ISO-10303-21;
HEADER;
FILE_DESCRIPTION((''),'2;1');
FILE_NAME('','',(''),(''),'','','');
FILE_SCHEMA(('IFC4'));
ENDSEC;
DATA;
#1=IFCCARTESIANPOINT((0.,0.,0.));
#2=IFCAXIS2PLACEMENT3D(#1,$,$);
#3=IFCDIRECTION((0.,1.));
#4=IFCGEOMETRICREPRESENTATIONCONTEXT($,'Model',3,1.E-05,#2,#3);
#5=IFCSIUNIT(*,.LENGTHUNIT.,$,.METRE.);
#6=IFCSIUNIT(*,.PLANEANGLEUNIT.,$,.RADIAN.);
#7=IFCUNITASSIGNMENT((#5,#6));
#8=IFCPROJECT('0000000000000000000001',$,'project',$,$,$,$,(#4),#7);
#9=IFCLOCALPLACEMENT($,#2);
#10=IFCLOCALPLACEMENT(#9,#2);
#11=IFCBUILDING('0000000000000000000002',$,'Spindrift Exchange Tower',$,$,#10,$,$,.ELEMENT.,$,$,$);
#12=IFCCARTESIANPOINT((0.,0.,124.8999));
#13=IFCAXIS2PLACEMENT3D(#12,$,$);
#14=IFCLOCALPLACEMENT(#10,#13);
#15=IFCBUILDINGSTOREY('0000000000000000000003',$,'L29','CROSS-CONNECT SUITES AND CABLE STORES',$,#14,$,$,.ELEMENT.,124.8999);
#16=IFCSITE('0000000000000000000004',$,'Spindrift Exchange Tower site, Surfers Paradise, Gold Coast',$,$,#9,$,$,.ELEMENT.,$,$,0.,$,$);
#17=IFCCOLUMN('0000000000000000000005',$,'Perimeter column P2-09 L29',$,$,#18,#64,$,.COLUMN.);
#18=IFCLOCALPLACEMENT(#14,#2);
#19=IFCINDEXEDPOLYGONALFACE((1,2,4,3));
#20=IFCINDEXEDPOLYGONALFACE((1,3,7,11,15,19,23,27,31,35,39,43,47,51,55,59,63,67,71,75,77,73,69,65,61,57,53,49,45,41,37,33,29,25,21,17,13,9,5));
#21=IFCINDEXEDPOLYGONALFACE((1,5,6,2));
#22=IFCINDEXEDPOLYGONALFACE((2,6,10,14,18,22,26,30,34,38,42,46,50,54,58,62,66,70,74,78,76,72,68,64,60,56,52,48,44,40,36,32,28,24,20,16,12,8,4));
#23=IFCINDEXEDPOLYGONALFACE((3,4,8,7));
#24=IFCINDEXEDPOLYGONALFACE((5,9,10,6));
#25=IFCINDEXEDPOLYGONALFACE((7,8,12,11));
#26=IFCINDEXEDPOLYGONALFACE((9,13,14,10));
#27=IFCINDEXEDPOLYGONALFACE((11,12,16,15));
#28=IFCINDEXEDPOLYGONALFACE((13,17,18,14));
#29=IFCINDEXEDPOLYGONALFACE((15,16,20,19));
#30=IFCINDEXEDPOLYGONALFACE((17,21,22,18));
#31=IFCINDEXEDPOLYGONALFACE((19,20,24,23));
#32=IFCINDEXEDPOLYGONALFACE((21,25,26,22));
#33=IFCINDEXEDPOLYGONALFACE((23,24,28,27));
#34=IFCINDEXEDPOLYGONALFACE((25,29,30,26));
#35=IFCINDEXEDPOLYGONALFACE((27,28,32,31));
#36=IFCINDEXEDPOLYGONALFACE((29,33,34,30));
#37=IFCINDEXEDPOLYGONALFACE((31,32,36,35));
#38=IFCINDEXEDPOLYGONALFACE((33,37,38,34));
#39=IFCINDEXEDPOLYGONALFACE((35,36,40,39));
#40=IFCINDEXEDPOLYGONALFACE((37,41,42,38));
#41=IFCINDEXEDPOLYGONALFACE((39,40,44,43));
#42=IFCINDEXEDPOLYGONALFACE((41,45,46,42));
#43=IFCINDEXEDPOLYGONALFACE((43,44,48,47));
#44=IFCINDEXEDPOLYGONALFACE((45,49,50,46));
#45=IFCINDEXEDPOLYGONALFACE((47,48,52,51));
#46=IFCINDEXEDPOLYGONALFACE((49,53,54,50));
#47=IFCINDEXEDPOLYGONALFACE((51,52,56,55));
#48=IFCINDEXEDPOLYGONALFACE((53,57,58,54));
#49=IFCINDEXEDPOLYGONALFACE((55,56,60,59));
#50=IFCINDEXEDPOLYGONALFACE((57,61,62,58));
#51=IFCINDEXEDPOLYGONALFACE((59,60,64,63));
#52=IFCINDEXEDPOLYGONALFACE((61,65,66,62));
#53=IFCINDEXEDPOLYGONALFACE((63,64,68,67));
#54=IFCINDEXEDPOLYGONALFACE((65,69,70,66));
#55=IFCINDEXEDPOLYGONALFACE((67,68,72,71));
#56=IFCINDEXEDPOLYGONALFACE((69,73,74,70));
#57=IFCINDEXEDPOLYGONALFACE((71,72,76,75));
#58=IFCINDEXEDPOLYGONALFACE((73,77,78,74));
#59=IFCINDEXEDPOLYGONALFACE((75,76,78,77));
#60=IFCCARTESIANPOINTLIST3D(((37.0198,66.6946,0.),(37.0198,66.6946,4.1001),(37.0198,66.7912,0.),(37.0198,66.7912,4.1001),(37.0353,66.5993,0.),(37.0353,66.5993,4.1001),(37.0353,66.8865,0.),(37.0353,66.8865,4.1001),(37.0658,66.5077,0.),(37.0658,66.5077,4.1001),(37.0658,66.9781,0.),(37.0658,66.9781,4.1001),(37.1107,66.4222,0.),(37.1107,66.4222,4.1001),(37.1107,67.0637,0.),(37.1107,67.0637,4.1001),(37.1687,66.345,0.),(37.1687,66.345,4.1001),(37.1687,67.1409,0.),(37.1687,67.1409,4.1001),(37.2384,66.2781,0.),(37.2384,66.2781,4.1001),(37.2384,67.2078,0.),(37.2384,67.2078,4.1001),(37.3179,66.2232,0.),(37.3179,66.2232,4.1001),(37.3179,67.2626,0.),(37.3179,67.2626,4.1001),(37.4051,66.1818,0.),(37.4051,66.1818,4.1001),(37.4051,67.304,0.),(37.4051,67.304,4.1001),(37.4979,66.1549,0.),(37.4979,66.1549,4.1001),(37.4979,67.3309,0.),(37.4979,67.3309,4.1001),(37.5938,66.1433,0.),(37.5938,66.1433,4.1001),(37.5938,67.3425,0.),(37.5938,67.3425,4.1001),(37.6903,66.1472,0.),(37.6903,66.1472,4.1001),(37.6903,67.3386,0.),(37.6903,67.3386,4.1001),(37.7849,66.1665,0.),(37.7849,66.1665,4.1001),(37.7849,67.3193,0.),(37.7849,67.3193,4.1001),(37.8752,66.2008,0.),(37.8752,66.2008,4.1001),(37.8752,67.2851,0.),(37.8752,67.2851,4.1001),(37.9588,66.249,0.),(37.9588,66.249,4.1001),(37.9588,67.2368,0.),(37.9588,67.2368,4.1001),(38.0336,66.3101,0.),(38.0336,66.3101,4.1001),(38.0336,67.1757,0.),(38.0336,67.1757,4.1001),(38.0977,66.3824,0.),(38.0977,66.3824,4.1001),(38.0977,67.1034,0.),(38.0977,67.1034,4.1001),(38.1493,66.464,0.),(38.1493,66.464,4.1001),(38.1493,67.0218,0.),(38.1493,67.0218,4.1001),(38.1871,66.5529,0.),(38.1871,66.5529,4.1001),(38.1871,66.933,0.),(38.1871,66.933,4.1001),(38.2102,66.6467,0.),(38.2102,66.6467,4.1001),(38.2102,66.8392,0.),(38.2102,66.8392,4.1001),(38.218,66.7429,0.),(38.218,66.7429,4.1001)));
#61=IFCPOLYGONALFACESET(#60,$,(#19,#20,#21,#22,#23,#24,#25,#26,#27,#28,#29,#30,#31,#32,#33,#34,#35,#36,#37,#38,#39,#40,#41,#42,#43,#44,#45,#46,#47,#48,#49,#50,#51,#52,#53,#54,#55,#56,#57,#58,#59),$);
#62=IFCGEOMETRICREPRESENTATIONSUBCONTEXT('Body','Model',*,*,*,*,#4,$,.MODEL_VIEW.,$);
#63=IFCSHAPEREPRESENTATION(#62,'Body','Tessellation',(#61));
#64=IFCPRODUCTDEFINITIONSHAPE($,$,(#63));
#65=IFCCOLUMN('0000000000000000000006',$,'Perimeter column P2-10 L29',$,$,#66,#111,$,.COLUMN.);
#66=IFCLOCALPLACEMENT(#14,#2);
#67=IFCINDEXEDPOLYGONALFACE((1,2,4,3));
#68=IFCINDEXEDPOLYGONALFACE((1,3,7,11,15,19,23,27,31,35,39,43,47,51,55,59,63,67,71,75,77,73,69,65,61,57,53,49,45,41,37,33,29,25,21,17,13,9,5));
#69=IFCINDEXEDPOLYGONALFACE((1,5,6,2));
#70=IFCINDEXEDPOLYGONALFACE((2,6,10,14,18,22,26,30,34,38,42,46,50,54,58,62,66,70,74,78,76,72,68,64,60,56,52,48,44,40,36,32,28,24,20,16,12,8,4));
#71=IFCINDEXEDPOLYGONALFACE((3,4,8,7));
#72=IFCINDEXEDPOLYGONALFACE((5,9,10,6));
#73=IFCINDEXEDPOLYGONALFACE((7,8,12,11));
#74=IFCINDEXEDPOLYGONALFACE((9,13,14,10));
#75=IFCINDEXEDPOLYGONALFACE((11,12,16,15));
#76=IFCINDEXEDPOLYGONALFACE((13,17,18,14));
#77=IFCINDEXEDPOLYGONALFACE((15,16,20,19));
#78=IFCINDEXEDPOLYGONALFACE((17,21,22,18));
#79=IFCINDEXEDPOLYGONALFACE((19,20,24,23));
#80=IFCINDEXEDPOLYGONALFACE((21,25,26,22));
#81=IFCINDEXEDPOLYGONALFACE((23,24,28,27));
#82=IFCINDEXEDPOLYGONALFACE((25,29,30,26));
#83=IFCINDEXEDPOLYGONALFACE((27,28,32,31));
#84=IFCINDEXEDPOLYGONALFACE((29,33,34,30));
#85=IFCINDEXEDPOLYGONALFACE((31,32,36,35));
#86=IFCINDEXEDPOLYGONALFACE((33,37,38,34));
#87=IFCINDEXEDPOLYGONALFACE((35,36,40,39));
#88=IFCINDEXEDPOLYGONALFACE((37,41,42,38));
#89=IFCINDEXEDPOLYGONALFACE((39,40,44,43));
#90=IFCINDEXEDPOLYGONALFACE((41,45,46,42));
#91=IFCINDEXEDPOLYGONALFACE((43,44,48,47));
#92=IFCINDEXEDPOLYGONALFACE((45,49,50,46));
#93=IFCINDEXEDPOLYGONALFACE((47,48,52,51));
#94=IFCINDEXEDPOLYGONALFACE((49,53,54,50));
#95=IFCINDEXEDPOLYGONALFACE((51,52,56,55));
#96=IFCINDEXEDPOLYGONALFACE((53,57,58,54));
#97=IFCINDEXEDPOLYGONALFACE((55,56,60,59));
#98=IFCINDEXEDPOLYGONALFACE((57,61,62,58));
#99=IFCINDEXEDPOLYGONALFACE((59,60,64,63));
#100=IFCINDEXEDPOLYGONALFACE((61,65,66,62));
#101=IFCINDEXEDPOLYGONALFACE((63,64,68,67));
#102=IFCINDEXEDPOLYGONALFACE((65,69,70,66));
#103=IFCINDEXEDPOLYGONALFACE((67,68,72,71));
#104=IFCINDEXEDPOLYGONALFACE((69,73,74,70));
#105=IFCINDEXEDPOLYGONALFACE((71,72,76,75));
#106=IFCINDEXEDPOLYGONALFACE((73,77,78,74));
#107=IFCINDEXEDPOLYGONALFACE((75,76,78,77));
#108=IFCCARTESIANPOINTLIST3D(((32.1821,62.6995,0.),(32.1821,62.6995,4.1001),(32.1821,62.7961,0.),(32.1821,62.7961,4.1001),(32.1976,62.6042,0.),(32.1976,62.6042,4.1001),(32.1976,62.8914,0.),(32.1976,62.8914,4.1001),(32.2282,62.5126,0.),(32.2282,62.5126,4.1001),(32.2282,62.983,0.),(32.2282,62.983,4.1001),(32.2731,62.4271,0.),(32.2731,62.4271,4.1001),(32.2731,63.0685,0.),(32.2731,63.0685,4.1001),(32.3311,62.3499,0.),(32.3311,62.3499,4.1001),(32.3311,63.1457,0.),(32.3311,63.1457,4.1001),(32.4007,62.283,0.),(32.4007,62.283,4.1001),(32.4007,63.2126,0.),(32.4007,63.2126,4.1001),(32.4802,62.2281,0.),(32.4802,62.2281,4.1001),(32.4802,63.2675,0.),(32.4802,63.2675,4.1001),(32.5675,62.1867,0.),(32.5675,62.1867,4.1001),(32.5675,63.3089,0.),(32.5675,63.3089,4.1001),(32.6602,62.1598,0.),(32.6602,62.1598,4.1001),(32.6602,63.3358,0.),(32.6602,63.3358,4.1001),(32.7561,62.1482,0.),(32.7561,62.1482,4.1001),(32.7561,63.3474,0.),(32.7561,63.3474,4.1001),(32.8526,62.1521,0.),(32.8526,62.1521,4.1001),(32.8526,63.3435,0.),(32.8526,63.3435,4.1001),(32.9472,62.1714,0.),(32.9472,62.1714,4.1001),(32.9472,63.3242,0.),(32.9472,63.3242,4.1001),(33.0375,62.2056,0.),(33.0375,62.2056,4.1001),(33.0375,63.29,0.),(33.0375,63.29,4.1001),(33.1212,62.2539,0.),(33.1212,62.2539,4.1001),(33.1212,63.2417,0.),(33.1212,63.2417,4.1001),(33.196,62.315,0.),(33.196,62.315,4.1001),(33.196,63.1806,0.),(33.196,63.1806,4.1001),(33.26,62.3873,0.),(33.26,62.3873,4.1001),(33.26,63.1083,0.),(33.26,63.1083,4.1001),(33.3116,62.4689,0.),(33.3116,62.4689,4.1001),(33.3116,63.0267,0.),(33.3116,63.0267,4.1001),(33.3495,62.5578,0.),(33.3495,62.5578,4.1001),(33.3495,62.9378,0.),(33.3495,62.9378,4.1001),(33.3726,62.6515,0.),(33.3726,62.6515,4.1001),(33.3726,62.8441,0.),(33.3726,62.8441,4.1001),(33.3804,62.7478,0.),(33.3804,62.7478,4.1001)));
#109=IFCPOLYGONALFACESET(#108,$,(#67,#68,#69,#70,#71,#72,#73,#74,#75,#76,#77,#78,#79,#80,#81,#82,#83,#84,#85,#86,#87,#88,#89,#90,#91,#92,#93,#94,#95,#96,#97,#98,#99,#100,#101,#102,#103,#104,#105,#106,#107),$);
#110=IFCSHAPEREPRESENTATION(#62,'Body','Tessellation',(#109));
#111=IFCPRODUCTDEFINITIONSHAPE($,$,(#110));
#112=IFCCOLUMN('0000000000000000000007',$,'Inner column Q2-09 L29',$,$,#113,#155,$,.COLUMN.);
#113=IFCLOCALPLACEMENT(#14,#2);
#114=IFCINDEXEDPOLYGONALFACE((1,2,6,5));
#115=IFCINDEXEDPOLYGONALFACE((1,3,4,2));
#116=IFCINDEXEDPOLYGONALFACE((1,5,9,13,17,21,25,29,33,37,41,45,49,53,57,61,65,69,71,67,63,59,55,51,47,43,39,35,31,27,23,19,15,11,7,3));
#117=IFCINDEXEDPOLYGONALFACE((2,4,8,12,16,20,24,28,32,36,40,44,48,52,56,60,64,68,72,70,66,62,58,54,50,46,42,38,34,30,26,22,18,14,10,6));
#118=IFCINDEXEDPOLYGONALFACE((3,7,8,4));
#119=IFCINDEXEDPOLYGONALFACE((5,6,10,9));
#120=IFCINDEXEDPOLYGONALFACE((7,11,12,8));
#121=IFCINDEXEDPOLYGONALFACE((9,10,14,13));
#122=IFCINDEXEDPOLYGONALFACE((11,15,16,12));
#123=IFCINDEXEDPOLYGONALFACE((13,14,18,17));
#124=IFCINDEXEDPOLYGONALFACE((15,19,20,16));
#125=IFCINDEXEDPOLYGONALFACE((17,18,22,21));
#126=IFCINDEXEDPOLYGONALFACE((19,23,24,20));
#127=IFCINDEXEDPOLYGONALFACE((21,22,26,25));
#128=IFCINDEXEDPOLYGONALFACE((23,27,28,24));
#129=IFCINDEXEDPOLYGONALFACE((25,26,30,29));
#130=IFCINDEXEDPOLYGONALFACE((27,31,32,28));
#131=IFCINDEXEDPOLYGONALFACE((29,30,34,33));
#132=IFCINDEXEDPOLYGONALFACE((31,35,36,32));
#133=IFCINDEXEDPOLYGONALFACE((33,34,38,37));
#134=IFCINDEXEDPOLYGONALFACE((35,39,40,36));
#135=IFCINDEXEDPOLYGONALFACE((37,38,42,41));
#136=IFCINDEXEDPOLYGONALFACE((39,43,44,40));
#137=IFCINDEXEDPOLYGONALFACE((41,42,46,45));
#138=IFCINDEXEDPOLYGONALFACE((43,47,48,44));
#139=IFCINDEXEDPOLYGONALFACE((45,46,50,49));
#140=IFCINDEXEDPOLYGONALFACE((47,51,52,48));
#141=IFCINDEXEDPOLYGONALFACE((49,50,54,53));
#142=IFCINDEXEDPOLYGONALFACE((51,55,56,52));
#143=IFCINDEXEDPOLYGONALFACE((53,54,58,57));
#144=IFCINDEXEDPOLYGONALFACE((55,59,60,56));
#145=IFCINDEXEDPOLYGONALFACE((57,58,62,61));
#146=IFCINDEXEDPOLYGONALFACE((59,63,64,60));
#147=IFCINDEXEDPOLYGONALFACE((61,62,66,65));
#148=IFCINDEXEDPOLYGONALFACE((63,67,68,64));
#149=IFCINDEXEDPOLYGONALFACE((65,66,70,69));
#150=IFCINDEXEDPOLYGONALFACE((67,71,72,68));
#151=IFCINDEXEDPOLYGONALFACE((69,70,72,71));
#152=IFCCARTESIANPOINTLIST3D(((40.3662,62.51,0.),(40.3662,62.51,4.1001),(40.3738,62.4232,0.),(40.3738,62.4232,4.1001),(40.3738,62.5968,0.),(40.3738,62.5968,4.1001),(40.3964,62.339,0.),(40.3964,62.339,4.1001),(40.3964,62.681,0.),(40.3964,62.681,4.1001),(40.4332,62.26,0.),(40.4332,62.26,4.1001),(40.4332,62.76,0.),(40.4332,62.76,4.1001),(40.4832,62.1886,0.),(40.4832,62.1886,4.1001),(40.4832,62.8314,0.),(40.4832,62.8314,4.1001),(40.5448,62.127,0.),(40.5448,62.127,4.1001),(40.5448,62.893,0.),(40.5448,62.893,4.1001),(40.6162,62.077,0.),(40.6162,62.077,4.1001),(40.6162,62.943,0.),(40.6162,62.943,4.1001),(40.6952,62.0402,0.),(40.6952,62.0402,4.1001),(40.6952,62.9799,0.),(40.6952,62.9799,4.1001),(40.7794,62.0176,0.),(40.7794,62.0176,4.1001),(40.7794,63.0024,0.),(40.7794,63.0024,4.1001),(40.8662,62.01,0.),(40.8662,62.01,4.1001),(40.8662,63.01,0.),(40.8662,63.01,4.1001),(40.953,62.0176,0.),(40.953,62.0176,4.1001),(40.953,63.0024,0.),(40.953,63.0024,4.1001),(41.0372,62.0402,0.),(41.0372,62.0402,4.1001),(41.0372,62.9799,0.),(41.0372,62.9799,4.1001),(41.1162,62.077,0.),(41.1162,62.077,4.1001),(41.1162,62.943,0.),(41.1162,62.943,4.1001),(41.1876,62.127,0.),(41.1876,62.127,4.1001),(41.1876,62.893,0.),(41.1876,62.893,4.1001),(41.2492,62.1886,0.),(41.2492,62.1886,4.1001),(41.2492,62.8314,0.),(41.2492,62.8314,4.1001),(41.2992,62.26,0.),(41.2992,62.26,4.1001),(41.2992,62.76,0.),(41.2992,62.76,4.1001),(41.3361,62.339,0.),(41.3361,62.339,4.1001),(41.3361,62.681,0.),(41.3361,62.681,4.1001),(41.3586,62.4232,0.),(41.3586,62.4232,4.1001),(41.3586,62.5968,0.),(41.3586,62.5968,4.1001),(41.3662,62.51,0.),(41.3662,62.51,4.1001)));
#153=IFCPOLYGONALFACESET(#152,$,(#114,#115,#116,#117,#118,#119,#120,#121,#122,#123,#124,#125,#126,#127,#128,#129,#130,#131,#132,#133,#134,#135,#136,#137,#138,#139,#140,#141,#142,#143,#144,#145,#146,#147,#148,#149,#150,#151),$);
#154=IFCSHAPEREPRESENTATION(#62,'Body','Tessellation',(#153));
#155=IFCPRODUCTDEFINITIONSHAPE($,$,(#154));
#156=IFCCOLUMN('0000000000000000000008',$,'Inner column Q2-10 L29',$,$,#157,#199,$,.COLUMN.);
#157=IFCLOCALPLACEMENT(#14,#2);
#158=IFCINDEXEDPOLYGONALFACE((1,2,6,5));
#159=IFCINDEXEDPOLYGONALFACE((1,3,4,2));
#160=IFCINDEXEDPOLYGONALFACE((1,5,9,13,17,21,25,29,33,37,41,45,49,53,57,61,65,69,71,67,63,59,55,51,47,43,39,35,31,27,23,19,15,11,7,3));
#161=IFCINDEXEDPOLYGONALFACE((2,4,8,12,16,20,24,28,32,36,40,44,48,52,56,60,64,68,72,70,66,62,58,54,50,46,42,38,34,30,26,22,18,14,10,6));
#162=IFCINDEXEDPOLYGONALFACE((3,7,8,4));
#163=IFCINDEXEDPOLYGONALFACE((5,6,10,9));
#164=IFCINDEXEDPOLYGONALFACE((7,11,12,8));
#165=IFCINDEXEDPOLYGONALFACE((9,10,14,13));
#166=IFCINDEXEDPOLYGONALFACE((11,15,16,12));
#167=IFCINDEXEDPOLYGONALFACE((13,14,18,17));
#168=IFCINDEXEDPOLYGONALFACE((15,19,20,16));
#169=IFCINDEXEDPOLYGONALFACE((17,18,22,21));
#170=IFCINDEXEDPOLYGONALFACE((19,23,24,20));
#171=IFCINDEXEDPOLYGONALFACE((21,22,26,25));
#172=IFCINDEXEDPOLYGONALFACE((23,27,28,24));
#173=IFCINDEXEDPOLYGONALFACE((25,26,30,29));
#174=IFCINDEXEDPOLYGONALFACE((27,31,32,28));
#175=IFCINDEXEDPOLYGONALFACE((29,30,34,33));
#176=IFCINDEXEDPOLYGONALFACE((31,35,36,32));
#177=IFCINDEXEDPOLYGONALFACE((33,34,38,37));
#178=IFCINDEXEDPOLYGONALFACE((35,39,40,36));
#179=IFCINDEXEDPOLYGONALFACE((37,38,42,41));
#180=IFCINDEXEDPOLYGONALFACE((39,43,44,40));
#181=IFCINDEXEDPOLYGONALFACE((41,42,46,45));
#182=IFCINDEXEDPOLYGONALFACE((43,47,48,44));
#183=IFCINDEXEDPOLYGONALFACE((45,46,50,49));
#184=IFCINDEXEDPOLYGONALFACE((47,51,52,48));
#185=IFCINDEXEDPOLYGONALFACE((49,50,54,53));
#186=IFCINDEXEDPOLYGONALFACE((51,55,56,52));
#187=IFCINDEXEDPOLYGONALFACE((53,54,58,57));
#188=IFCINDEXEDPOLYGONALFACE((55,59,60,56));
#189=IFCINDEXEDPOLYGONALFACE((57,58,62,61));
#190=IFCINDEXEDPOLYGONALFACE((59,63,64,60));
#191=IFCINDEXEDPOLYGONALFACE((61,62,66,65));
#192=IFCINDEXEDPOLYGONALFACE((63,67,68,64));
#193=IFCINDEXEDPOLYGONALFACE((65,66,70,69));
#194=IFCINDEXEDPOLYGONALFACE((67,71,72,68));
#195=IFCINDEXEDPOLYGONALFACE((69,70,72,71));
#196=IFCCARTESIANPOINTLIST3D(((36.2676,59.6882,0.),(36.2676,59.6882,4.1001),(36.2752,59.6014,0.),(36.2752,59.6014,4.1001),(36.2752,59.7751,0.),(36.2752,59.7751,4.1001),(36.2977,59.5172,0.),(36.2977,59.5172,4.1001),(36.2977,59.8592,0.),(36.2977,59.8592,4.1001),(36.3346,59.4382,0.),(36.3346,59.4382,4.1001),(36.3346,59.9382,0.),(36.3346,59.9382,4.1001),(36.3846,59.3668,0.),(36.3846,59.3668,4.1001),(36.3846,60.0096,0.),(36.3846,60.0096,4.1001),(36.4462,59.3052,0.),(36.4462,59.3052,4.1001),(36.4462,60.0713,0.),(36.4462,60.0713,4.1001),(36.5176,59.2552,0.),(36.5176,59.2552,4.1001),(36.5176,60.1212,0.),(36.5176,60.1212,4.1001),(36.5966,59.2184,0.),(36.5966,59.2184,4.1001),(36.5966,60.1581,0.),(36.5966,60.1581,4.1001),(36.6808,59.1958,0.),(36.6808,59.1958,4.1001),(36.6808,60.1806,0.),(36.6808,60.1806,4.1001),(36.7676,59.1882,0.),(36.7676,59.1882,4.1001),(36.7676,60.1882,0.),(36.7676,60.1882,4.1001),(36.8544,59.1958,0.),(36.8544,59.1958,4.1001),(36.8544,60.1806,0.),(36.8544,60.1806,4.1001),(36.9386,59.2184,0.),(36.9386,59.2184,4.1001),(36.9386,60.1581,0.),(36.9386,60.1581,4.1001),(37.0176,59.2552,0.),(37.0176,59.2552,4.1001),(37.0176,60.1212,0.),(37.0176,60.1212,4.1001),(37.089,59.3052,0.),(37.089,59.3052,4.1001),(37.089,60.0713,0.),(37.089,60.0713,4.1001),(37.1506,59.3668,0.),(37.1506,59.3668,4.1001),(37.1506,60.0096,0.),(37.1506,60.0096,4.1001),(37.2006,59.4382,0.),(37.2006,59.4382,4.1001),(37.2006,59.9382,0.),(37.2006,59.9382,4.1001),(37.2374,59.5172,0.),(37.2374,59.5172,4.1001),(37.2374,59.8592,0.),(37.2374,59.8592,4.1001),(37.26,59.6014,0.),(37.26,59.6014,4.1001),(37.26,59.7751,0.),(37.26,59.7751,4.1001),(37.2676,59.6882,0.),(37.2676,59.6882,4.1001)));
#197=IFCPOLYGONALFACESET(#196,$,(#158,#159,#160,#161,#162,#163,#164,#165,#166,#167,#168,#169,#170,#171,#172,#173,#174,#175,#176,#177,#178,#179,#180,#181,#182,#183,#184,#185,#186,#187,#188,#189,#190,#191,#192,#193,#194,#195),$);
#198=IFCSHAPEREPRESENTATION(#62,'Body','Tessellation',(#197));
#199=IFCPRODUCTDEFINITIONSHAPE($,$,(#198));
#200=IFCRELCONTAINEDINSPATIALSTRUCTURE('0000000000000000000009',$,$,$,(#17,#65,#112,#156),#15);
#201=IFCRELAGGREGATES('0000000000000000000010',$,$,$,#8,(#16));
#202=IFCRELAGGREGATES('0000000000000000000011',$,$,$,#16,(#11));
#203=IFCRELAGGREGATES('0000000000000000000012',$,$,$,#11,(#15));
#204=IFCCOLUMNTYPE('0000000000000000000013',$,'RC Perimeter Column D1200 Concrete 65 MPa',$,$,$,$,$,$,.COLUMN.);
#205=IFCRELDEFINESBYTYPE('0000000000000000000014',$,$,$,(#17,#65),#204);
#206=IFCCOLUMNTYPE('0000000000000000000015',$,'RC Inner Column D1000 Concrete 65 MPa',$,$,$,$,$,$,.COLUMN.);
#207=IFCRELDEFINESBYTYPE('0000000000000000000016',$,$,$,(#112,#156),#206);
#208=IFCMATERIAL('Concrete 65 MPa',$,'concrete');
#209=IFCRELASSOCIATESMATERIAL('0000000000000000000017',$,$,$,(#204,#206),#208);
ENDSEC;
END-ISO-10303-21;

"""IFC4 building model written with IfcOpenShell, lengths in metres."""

from ifc_helpers import new_model, si_unit, direction, frame, origin, origin_2d, place, context, subcontext, project, spatial, circle, extrude, source, transform, mapped, material, material_profile, profile_set, type_object, element, save


model = new_model("IFC4")

# Units and contexts
model_context = context("Model", 3, precision=1e-05, world=origin(), true_north=direction((0.0, 1.0)))
body_context = subcontext(model_context, "Body", "Model", "MODEL_VIEW")
ifc_project = project(units=[si_unit("LENGTHUNIT", "METRE"), si_unit("PLANEANGLEUNIT", "RADIAN")], contexts=[model_context])

# Site, building, storey
site_placement = place(None, origin())
site = spatial("IfcSite", under=ifc_project, at=site_placement, Name="Spindrift Exchange Tower site, Surfers Paradise, Gold Coast", CompositionType="ELEMENT", RefElevation=0.0)
building_placement = place(site_placement, origin())
building = spatial("IfcBuilding", under=site, at=building_placement, Name="Spindrift Exchange Tower", CompositionType="ELEMENT")
storey_placement = place(building_placement, frame((0.0, 0.0, 124.8999)))
storey = spatial("IfcBuildingStorey", under=building, at=storey_placement, Name="L29", Description="CROSS-CONNECT SUITES AND CABLE STORES", CompositionType="ELEMENT", Elevation=124.8999)

# Columns
ifc_material_1 = material(Name="Concrete 65 MPa", Category="concrete")
ifc_material_profile_1 = material_profile(ifc_material_1, circle(Radius=0.6001, at=origin_2d()), Name="RC D1200")
ifc_profile_set_1 = profile_set([ifc_material_profile_1], Name="Concrete 65 MPa")
column_type_1 = type_object("IfcColumnType", Name="RC Perimeter Column D1200 Concrete 65 MPa", PredefinedType="COLUMN", material=ifc_profile_set_1)
shared_shape_1 = source(origin(), body_context, "Body", "SweptSolid", [
    extrude(circle(Radius=0.6001, at=origin_2d()), origin(), (0.0, 0.0, 1.0), 4.1001),
])
for number, where, z_axis, x_axis, name in (
    (1, (37.6179, 66.7429, 0.0), (0.0, 0.0, 1.0), (1.0, 0.0, 0.0), "Perimeter column P2-09 L29"),
    (2, (32.7803, 62.7478, 0.0), (0.0, 0.0, 1.0), (1.0, 0.0, 0.0), "Perimeter column P2-10 L29"),
):
    element("IfcColumn", number, at=place(storey_placement, frame(where, z_axis=z_axis, x_axis=x_axis)), inside=storey, type_object=column_type_1, Name=name, PredefinedType="COLUMN", context=body_context, shape_type="MappedRepresentation", body=[
        mapped(shared_shape_1, transform((0.0, 0.0, 0.0), scale=1.0)),
    ])
ifc_material_profile_2 = material_profile(ifc_material_1, circle(Radius=0.5, at=origin_2d()), Name="RC D1000")
ifc_profile_set_2 = profile_set([ifc_material_profile_2], Name="Concrete 65 MPa")
column_type_2 = type_object("IfcColumnType", Name="RC Inner Column D1000 Concrete 65 MPa", PredefinedType="COLUMN", material=ifc_profile_set_2)
shared_shape_2 = source(origin(), body_context, "Body", "SweptSolid", [
    extrude(circle(Radius=0.5, at=origin_2d()), origin(), (0.0, 0.0, 1.0), 4.1001),
])
for number, where, z_axis, x_axis, name in (
    (3, (40.8662, 62.51, 0.0), (0.0, 0.0, 1.0), (1.0, 0.0, 0.0), "Inner column Q2-09 L29"),
    (4, (36.7676, 59.6882, 0.0), (0.0, 0.0, 1.0), (1.0, 0.0, 0.0), "Inner column Q2-10 L29"),
):
    element("IfcColumn", number, at=place(storey_placement, frame(where, z_axis=z_axis, x_axis=x_axis)), inside=storey, type_object=column_type_2, Name=name, PredefinedType="COLUMN", context=body_context, shape_type="MappedRepresentation", body=[
        mapped(shared_shape_2, transform((0.0, 0.0, 0.0), scale=1.0)),
    ])

save(model, "model.ifc")
